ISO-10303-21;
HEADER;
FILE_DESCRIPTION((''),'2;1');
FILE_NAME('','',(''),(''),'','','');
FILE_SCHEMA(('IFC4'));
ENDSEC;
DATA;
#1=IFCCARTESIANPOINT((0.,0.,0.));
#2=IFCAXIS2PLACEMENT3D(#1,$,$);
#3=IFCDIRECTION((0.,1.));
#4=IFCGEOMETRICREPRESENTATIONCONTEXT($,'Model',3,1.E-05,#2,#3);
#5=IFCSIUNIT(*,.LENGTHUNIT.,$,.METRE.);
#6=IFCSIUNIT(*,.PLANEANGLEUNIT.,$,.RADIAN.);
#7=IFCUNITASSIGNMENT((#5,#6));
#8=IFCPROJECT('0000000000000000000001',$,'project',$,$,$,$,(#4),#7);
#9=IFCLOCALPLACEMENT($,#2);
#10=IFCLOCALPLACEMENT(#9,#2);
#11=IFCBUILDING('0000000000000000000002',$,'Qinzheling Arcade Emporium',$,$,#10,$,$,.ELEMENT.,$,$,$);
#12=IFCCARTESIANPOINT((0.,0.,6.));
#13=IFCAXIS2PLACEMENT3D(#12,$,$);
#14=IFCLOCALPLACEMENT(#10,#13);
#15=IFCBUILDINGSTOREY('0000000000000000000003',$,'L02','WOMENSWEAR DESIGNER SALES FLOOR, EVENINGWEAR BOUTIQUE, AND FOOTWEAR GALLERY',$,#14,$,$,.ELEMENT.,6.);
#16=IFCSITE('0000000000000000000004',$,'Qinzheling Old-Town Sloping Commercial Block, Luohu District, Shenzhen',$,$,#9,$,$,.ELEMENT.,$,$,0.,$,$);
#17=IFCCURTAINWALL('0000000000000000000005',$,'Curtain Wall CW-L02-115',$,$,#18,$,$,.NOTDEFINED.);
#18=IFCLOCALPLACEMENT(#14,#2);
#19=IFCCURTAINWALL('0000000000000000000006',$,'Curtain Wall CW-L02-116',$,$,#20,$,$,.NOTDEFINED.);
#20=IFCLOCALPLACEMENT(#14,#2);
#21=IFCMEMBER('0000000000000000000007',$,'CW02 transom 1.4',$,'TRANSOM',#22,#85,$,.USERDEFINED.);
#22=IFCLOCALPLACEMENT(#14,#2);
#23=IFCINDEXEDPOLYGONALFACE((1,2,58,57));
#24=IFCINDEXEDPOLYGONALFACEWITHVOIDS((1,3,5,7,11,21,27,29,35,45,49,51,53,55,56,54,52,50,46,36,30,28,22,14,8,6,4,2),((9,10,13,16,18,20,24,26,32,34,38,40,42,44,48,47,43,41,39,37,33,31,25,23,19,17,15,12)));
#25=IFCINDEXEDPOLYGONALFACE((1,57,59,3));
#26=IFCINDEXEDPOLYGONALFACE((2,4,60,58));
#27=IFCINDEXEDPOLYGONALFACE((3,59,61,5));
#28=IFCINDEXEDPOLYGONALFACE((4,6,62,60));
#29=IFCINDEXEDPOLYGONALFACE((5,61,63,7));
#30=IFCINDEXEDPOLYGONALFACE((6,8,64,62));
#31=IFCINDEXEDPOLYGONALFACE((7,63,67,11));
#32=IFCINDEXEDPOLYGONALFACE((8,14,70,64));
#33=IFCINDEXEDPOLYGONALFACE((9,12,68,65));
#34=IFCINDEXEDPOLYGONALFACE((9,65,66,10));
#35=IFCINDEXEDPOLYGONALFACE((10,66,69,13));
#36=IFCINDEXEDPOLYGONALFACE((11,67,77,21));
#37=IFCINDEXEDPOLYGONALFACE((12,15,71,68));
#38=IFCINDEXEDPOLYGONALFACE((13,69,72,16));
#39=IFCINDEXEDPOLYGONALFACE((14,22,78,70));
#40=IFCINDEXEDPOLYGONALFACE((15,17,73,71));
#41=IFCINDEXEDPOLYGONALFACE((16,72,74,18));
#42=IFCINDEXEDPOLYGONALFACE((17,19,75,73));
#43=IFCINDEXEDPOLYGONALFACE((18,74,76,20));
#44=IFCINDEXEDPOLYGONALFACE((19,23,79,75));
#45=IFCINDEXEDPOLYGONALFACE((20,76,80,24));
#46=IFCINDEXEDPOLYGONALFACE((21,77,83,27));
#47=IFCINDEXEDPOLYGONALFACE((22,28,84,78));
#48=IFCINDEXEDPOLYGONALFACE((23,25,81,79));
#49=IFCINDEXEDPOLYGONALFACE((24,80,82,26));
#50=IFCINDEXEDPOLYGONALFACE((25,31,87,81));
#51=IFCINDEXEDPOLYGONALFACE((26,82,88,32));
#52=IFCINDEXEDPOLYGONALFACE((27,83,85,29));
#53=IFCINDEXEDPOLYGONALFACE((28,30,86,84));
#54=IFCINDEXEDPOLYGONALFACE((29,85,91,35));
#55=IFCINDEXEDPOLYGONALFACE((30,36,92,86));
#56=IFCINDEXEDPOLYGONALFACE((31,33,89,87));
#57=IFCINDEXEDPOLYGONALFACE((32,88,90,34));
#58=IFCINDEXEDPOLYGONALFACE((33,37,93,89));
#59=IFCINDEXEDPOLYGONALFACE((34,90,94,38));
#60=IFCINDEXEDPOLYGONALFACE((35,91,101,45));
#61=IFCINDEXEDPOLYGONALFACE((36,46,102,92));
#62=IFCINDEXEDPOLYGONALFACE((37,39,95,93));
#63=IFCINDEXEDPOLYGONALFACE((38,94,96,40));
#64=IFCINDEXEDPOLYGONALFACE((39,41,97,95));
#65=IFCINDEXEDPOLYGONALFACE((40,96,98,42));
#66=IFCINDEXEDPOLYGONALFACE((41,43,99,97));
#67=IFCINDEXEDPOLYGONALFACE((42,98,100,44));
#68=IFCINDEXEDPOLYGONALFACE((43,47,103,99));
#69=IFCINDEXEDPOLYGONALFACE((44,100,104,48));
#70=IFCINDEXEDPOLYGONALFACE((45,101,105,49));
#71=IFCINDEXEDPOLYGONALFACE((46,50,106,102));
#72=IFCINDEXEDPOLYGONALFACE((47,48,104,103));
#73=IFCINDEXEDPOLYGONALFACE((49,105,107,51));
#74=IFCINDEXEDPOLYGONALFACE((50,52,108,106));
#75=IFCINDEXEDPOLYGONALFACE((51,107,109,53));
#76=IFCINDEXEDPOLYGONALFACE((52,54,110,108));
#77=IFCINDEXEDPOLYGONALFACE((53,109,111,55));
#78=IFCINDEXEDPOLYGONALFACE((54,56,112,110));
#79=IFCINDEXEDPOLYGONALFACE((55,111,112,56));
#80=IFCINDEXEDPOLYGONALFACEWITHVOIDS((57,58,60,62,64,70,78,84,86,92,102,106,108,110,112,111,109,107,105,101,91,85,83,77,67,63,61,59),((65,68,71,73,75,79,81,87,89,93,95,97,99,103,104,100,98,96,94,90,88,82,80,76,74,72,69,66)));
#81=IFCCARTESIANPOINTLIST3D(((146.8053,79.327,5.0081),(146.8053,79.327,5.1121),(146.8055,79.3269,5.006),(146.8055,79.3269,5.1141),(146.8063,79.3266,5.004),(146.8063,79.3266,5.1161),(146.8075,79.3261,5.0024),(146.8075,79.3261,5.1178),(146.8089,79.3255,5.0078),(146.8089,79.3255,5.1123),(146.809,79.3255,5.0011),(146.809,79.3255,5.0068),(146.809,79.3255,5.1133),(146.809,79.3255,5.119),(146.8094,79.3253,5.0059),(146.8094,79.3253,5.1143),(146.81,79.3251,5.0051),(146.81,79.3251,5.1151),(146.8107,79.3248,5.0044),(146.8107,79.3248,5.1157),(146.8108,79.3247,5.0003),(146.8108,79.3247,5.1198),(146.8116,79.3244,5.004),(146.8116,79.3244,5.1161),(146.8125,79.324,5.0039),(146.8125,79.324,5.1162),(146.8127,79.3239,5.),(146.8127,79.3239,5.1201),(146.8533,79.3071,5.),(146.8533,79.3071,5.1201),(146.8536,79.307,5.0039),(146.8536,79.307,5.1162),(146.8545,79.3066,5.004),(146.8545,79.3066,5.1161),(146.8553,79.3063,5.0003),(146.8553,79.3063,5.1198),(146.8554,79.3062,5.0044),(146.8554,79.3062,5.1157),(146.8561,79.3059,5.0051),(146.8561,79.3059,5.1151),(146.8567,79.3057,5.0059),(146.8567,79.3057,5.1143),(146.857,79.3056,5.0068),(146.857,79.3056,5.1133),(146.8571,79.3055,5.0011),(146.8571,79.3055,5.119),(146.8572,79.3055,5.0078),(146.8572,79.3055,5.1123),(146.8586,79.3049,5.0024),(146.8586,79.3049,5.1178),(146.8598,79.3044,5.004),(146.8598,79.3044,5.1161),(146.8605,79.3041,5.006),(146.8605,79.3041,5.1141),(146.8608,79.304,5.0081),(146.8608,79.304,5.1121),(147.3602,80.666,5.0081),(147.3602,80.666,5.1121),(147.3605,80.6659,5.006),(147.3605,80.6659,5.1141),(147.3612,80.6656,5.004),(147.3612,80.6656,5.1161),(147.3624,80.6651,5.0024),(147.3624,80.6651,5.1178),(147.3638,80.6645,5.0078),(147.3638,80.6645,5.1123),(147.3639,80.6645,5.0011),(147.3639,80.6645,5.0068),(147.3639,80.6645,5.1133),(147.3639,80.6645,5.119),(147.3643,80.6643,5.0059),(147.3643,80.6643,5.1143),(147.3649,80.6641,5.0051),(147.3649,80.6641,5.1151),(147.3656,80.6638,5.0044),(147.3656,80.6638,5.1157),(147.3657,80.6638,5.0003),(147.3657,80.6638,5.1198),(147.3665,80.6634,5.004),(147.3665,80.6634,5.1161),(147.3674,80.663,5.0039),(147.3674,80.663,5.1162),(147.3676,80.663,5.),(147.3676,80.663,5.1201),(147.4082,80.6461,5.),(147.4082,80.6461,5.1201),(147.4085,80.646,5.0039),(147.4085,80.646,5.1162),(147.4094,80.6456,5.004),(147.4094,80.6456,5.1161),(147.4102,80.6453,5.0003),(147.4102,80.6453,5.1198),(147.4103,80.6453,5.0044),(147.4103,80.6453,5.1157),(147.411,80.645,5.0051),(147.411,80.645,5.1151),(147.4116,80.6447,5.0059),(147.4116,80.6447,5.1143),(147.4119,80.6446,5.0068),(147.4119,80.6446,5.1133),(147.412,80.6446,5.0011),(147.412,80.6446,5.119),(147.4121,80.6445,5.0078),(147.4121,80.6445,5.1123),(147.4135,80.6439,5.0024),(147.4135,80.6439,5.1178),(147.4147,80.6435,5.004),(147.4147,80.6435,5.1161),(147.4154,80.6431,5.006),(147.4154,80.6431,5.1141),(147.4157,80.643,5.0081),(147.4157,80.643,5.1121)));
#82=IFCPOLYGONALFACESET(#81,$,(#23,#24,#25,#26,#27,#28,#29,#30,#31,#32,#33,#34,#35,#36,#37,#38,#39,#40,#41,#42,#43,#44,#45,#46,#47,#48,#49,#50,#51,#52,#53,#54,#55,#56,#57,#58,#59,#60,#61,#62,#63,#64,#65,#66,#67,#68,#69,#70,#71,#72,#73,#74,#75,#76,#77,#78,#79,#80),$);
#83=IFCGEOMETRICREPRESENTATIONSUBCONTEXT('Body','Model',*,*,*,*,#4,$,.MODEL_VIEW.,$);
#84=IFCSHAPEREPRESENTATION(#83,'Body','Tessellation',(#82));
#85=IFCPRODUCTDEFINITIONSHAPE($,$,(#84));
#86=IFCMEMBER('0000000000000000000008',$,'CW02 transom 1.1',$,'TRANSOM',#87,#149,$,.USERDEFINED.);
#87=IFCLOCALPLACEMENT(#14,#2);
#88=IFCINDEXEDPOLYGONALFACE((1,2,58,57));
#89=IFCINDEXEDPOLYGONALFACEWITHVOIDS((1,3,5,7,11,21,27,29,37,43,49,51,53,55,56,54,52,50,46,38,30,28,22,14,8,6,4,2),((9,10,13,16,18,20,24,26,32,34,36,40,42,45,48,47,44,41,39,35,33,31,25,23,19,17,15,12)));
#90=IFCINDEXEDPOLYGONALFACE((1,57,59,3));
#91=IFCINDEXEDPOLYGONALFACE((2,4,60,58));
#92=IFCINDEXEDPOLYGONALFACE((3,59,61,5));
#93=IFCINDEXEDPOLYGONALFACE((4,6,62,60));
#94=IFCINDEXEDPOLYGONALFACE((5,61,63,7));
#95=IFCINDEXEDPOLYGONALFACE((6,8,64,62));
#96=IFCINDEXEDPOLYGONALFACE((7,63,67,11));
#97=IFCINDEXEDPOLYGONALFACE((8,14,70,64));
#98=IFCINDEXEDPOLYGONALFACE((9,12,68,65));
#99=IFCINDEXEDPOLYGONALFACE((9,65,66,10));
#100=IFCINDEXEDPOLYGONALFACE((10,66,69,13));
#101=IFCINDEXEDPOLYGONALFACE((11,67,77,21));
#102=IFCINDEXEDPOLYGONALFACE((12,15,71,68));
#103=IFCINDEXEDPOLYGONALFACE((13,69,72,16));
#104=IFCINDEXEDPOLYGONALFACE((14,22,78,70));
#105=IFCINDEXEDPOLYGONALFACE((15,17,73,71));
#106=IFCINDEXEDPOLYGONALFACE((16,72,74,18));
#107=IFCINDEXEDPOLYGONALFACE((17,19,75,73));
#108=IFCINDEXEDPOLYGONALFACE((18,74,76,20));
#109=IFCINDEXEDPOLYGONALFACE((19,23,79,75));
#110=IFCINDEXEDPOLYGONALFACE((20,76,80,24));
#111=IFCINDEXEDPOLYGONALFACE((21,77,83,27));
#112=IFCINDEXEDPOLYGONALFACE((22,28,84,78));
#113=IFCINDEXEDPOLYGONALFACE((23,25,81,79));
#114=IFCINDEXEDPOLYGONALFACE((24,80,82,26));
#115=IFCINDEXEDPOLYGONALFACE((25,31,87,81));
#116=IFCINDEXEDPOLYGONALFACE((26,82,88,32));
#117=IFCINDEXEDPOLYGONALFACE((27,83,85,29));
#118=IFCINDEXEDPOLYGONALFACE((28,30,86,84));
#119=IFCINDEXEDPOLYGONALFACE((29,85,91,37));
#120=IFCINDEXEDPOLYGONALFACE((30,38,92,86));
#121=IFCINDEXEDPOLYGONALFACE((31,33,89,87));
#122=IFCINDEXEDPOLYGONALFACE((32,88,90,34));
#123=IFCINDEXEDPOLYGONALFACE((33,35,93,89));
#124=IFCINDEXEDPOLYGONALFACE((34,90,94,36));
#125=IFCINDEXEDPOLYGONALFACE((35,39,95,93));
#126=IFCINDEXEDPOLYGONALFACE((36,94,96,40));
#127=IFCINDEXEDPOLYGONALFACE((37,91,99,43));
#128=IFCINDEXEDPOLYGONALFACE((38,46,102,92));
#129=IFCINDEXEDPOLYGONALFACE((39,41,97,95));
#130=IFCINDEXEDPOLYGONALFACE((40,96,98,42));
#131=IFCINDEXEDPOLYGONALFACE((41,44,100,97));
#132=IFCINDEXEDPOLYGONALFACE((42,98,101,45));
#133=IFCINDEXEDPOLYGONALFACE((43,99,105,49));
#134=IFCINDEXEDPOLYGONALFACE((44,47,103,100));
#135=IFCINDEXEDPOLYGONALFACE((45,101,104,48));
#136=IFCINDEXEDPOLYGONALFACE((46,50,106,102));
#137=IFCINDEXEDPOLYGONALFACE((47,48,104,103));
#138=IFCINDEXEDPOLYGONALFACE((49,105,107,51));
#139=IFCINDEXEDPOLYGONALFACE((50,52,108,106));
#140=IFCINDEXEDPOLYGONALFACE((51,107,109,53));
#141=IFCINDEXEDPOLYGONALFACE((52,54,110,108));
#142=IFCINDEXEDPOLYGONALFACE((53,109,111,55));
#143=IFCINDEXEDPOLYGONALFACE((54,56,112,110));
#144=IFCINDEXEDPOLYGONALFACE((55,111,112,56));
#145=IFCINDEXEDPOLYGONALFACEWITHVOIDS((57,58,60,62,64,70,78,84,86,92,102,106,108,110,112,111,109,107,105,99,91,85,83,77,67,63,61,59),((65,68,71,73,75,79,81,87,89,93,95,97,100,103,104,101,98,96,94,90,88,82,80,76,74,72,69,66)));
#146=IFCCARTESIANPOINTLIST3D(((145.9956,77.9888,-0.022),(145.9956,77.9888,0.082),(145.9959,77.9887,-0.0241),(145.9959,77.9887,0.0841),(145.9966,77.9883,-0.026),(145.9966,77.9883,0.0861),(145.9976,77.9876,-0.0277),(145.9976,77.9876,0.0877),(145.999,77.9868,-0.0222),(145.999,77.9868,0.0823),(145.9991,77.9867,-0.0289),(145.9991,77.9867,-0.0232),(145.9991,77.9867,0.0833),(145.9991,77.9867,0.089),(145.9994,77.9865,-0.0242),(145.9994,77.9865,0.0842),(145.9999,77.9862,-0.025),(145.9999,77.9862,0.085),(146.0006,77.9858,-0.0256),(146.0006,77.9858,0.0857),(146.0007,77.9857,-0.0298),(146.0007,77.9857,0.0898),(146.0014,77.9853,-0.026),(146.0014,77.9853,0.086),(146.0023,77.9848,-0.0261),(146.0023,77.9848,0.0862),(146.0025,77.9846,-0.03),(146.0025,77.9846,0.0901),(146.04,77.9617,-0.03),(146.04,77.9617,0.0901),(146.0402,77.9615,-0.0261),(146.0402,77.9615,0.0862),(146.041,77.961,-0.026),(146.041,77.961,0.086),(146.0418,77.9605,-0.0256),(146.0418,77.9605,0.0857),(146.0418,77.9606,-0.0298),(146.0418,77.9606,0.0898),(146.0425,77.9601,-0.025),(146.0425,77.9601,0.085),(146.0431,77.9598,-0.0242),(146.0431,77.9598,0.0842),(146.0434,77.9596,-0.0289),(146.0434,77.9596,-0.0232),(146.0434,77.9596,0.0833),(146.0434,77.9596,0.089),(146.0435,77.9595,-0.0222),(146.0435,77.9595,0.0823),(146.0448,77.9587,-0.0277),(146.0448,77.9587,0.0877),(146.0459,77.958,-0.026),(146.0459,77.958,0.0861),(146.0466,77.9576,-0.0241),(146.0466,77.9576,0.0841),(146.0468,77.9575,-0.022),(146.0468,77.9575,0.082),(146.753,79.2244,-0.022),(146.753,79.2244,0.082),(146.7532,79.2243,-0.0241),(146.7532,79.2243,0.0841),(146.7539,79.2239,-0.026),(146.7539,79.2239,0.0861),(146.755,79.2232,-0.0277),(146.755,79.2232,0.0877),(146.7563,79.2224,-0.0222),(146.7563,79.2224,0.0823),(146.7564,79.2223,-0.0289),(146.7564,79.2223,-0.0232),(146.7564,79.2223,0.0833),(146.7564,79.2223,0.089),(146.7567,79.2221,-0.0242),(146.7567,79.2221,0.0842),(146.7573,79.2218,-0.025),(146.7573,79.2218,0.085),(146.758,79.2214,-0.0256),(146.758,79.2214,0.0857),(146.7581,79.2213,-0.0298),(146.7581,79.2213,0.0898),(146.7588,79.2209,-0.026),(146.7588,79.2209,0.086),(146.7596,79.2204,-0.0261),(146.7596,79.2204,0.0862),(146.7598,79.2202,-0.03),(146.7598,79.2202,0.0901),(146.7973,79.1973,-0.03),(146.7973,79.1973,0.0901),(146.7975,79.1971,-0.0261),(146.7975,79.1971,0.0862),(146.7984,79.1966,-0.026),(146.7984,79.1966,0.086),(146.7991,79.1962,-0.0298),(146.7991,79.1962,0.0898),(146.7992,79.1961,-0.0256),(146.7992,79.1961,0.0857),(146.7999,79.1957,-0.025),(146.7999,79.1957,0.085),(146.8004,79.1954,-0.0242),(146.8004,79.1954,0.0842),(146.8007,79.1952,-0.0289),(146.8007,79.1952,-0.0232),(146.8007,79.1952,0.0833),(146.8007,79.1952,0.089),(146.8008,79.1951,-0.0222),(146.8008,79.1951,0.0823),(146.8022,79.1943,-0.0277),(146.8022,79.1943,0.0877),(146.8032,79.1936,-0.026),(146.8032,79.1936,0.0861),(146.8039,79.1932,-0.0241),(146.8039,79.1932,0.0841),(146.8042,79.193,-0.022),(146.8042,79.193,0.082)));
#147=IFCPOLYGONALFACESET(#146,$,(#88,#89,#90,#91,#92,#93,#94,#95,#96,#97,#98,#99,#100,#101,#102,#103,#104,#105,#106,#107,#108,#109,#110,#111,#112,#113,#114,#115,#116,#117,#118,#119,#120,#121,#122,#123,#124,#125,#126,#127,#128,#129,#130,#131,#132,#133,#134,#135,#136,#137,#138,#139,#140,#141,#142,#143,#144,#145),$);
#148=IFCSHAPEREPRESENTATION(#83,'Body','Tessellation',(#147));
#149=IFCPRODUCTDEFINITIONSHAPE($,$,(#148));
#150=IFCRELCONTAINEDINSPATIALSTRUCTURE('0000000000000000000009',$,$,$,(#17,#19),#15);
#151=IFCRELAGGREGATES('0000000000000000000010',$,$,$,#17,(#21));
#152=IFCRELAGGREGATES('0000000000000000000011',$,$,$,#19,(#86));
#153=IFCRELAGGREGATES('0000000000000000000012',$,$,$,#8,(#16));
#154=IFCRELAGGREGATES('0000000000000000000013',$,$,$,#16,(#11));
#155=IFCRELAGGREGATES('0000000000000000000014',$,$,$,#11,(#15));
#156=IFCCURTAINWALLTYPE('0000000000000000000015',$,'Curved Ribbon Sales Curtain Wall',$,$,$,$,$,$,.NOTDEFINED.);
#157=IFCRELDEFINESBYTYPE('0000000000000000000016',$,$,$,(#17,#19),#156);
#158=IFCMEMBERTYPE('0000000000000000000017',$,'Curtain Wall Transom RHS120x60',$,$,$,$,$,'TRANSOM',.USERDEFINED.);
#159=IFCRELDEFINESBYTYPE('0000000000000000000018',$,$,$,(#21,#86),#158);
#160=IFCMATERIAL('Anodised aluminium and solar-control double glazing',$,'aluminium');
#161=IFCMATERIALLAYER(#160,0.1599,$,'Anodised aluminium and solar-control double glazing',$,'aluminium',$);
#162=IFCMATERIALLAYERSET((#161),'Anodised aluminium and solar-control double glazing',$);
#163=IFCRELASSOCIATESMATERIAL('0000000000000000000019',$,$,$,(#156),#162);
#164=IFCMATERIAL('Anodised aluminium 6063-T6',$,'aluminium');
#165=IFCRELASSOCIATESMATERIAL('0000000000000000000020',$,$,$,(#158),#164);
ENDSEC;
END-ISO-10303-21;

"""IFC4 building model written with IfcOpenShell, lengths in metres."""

from ifc_helpers import new_model, si_unit, direction, frame, origin, origin_2d, place, context, subcontext, project, spatial, hollow_rectangle, extrude, material, layer, layer_set, material_profile, profile_set, type_object, element, aggregate, save


model = new_model("IFC4")

# Units and contexts
model_context = context("Model", 3, precision=1e-05, world=origin(), true_north=direction((0.0, 1.0)))
body_context = subcontext(model_context, "Body", "Model", "MODEL_VIEW")
ifc_project = project(units=[si_unit("LENGTHUNIT", "METRE"), si_unit("PLANEANGLEUNIT", "RADIAN")], contexts=[model_context])

# Site, building, storey
site_placement = place(None, origin())
site = spatial("IfcSite", under=ifc_project, at=site_placement, Name="Qinzheling Old-Town Sloping Commercial Block, Luohu District, Shenzhen", CompositionType="ELEMENT", RefElevation=0.0)
building_placement = place(site_placement, origin())
building = spatial("IfcBuilding", under=site, at=building_placement, Name="Qinzheling Arcade Emporium", CompositionType="ELEMENT")
storey_placement = place(building_placement, frame((0.0, 0.0, 6.0)))
storey = spatial("IfcBuildingStorey", under=building, at=storey_placement, Name="L02", Description="WOMENSWEAR DESIGNER SALES FLOOR, EVENINGWEAR BOUTIQUE, AND FOOTWEAR GALLERY", CompositionType="ELEMENT", Elevation=6.0)

# Shared definitions
ifc_material_1 = material(Name="Anodised aluminium and solar-control double glazing", Category="aluminium")
ifc_layer_1 = layer(ifc_material_1, 0.1599, Name="Anodised aluminium and solar-control double glazing", Category="aluminium")
ifc_layer_set_1 = layer_set([ifc_layer_1], Name="Anodised aluminium and solar-control double glazing")
curtain_wall_type = type_object("IfcCurtainWallType", Name="Curved Ribbon Sales Curtain Wall", PredefinedType="NOTDEFINED", material=ifc_layer_set_1)
ifc_material_2 = material(Name="Anodised aluminium 6063-T6", Category="aluminium")

# Curtain wall
curtain_wall_1_placement = place(storey_placement, origin())
curtain_wall_1 = element("IfcCurtainWall", 1, at=curtain_wall_1_placement, inside=storey, type_object=curtain_wall_type, Name="Curtain Wall CW-L02-115", PredefinedType="NOTDEFINED")

# Curtain wall
curtain_wall_2_placement = place(storey_placement, origin())
curtain_wall_2 = element("IfcCurtainWall", 2, at=curtain_wall_2_placement, inside=storey, type_object=curtain_wall_type, Name="Curtain Wall CW-L02-116", PredefinedType="NOTDEFINED")

# Members
ifc_material_profile_1 = material_profile(ifc_material_2, hollow_rectangle(XDim=0.0601, YDim=0.1201, WallThickness=0.0039, InnerFilletRadius=0.0039, OuterFilletRadius=0.0081, at=origin_2d()), Name="RHS 120x60x4", Category="aluminium")
ifc_profile_set_1 = profile_set([ifc_material_profile_1], Name="Anodised aluminium 6063-T6")
member_type_1 = type_object("IfcMemberType", Name="Curtain Wall Transom RHS120x60", ElementType="TRANSOM", PredefinedType="USERDEFINED", material=ifc_profile_set_1)
member_1_placement = place(storey_placement, frame((147.3879, 80.6545, 5.0601), z_axis=(-0.382833, -0.923818, 0.0), x_axis=(0.923818, -0.382833, 0.0)))
member_1 = element("IfcMember", 3, at=member_1_placement, type_object=member_type_1, Name="CW02 transom 1.4", ObjectType="TRANSOM", PredefinedType="USERDEFINED", context=body_context, shape_type="SweptSolid", body=[
    extrude(hollow_rectangle(XDim=0.0601, YDim=0.1201, WallThickness=0.0039, InnerFilletRadius=0.0039, OuterFilletRadius=0.0081, at=origin_2d()), origin(), (0.0, 0.0, 1.0), 1.4495),
])
member_2_placement = place(storey_placement, frame((146.7786, 79.2087, 0.03), z_axis=(-0.522574, -0.852594, 0.0), x_axis=(0.852594, -0.522574, 0.0)))
member_2 = element("IfcMember", 4, at=member_2_placement, type_object=member_type_1, Name="CW02 transom 1.1", ObjectType="TRANSOM", PredefinedType="USERDEFINED", context=body_context, shape_type="SweptSolid", body=[
    extrude(hollow_rectangle(XDim=0.0601, YDim=0.1201, WallThickness=0.0039, InnerFilletRadius=0.0039, OuterFilletRadius=0.0081, at=origin_2d()), origin(), (0.0, 0.0, 1.0), 1.4492),
])

aggregate(curtain_wall_1, [member_1])
aggregate(curtain_wall_2, [member_2])

save(model, "model.ifc")
